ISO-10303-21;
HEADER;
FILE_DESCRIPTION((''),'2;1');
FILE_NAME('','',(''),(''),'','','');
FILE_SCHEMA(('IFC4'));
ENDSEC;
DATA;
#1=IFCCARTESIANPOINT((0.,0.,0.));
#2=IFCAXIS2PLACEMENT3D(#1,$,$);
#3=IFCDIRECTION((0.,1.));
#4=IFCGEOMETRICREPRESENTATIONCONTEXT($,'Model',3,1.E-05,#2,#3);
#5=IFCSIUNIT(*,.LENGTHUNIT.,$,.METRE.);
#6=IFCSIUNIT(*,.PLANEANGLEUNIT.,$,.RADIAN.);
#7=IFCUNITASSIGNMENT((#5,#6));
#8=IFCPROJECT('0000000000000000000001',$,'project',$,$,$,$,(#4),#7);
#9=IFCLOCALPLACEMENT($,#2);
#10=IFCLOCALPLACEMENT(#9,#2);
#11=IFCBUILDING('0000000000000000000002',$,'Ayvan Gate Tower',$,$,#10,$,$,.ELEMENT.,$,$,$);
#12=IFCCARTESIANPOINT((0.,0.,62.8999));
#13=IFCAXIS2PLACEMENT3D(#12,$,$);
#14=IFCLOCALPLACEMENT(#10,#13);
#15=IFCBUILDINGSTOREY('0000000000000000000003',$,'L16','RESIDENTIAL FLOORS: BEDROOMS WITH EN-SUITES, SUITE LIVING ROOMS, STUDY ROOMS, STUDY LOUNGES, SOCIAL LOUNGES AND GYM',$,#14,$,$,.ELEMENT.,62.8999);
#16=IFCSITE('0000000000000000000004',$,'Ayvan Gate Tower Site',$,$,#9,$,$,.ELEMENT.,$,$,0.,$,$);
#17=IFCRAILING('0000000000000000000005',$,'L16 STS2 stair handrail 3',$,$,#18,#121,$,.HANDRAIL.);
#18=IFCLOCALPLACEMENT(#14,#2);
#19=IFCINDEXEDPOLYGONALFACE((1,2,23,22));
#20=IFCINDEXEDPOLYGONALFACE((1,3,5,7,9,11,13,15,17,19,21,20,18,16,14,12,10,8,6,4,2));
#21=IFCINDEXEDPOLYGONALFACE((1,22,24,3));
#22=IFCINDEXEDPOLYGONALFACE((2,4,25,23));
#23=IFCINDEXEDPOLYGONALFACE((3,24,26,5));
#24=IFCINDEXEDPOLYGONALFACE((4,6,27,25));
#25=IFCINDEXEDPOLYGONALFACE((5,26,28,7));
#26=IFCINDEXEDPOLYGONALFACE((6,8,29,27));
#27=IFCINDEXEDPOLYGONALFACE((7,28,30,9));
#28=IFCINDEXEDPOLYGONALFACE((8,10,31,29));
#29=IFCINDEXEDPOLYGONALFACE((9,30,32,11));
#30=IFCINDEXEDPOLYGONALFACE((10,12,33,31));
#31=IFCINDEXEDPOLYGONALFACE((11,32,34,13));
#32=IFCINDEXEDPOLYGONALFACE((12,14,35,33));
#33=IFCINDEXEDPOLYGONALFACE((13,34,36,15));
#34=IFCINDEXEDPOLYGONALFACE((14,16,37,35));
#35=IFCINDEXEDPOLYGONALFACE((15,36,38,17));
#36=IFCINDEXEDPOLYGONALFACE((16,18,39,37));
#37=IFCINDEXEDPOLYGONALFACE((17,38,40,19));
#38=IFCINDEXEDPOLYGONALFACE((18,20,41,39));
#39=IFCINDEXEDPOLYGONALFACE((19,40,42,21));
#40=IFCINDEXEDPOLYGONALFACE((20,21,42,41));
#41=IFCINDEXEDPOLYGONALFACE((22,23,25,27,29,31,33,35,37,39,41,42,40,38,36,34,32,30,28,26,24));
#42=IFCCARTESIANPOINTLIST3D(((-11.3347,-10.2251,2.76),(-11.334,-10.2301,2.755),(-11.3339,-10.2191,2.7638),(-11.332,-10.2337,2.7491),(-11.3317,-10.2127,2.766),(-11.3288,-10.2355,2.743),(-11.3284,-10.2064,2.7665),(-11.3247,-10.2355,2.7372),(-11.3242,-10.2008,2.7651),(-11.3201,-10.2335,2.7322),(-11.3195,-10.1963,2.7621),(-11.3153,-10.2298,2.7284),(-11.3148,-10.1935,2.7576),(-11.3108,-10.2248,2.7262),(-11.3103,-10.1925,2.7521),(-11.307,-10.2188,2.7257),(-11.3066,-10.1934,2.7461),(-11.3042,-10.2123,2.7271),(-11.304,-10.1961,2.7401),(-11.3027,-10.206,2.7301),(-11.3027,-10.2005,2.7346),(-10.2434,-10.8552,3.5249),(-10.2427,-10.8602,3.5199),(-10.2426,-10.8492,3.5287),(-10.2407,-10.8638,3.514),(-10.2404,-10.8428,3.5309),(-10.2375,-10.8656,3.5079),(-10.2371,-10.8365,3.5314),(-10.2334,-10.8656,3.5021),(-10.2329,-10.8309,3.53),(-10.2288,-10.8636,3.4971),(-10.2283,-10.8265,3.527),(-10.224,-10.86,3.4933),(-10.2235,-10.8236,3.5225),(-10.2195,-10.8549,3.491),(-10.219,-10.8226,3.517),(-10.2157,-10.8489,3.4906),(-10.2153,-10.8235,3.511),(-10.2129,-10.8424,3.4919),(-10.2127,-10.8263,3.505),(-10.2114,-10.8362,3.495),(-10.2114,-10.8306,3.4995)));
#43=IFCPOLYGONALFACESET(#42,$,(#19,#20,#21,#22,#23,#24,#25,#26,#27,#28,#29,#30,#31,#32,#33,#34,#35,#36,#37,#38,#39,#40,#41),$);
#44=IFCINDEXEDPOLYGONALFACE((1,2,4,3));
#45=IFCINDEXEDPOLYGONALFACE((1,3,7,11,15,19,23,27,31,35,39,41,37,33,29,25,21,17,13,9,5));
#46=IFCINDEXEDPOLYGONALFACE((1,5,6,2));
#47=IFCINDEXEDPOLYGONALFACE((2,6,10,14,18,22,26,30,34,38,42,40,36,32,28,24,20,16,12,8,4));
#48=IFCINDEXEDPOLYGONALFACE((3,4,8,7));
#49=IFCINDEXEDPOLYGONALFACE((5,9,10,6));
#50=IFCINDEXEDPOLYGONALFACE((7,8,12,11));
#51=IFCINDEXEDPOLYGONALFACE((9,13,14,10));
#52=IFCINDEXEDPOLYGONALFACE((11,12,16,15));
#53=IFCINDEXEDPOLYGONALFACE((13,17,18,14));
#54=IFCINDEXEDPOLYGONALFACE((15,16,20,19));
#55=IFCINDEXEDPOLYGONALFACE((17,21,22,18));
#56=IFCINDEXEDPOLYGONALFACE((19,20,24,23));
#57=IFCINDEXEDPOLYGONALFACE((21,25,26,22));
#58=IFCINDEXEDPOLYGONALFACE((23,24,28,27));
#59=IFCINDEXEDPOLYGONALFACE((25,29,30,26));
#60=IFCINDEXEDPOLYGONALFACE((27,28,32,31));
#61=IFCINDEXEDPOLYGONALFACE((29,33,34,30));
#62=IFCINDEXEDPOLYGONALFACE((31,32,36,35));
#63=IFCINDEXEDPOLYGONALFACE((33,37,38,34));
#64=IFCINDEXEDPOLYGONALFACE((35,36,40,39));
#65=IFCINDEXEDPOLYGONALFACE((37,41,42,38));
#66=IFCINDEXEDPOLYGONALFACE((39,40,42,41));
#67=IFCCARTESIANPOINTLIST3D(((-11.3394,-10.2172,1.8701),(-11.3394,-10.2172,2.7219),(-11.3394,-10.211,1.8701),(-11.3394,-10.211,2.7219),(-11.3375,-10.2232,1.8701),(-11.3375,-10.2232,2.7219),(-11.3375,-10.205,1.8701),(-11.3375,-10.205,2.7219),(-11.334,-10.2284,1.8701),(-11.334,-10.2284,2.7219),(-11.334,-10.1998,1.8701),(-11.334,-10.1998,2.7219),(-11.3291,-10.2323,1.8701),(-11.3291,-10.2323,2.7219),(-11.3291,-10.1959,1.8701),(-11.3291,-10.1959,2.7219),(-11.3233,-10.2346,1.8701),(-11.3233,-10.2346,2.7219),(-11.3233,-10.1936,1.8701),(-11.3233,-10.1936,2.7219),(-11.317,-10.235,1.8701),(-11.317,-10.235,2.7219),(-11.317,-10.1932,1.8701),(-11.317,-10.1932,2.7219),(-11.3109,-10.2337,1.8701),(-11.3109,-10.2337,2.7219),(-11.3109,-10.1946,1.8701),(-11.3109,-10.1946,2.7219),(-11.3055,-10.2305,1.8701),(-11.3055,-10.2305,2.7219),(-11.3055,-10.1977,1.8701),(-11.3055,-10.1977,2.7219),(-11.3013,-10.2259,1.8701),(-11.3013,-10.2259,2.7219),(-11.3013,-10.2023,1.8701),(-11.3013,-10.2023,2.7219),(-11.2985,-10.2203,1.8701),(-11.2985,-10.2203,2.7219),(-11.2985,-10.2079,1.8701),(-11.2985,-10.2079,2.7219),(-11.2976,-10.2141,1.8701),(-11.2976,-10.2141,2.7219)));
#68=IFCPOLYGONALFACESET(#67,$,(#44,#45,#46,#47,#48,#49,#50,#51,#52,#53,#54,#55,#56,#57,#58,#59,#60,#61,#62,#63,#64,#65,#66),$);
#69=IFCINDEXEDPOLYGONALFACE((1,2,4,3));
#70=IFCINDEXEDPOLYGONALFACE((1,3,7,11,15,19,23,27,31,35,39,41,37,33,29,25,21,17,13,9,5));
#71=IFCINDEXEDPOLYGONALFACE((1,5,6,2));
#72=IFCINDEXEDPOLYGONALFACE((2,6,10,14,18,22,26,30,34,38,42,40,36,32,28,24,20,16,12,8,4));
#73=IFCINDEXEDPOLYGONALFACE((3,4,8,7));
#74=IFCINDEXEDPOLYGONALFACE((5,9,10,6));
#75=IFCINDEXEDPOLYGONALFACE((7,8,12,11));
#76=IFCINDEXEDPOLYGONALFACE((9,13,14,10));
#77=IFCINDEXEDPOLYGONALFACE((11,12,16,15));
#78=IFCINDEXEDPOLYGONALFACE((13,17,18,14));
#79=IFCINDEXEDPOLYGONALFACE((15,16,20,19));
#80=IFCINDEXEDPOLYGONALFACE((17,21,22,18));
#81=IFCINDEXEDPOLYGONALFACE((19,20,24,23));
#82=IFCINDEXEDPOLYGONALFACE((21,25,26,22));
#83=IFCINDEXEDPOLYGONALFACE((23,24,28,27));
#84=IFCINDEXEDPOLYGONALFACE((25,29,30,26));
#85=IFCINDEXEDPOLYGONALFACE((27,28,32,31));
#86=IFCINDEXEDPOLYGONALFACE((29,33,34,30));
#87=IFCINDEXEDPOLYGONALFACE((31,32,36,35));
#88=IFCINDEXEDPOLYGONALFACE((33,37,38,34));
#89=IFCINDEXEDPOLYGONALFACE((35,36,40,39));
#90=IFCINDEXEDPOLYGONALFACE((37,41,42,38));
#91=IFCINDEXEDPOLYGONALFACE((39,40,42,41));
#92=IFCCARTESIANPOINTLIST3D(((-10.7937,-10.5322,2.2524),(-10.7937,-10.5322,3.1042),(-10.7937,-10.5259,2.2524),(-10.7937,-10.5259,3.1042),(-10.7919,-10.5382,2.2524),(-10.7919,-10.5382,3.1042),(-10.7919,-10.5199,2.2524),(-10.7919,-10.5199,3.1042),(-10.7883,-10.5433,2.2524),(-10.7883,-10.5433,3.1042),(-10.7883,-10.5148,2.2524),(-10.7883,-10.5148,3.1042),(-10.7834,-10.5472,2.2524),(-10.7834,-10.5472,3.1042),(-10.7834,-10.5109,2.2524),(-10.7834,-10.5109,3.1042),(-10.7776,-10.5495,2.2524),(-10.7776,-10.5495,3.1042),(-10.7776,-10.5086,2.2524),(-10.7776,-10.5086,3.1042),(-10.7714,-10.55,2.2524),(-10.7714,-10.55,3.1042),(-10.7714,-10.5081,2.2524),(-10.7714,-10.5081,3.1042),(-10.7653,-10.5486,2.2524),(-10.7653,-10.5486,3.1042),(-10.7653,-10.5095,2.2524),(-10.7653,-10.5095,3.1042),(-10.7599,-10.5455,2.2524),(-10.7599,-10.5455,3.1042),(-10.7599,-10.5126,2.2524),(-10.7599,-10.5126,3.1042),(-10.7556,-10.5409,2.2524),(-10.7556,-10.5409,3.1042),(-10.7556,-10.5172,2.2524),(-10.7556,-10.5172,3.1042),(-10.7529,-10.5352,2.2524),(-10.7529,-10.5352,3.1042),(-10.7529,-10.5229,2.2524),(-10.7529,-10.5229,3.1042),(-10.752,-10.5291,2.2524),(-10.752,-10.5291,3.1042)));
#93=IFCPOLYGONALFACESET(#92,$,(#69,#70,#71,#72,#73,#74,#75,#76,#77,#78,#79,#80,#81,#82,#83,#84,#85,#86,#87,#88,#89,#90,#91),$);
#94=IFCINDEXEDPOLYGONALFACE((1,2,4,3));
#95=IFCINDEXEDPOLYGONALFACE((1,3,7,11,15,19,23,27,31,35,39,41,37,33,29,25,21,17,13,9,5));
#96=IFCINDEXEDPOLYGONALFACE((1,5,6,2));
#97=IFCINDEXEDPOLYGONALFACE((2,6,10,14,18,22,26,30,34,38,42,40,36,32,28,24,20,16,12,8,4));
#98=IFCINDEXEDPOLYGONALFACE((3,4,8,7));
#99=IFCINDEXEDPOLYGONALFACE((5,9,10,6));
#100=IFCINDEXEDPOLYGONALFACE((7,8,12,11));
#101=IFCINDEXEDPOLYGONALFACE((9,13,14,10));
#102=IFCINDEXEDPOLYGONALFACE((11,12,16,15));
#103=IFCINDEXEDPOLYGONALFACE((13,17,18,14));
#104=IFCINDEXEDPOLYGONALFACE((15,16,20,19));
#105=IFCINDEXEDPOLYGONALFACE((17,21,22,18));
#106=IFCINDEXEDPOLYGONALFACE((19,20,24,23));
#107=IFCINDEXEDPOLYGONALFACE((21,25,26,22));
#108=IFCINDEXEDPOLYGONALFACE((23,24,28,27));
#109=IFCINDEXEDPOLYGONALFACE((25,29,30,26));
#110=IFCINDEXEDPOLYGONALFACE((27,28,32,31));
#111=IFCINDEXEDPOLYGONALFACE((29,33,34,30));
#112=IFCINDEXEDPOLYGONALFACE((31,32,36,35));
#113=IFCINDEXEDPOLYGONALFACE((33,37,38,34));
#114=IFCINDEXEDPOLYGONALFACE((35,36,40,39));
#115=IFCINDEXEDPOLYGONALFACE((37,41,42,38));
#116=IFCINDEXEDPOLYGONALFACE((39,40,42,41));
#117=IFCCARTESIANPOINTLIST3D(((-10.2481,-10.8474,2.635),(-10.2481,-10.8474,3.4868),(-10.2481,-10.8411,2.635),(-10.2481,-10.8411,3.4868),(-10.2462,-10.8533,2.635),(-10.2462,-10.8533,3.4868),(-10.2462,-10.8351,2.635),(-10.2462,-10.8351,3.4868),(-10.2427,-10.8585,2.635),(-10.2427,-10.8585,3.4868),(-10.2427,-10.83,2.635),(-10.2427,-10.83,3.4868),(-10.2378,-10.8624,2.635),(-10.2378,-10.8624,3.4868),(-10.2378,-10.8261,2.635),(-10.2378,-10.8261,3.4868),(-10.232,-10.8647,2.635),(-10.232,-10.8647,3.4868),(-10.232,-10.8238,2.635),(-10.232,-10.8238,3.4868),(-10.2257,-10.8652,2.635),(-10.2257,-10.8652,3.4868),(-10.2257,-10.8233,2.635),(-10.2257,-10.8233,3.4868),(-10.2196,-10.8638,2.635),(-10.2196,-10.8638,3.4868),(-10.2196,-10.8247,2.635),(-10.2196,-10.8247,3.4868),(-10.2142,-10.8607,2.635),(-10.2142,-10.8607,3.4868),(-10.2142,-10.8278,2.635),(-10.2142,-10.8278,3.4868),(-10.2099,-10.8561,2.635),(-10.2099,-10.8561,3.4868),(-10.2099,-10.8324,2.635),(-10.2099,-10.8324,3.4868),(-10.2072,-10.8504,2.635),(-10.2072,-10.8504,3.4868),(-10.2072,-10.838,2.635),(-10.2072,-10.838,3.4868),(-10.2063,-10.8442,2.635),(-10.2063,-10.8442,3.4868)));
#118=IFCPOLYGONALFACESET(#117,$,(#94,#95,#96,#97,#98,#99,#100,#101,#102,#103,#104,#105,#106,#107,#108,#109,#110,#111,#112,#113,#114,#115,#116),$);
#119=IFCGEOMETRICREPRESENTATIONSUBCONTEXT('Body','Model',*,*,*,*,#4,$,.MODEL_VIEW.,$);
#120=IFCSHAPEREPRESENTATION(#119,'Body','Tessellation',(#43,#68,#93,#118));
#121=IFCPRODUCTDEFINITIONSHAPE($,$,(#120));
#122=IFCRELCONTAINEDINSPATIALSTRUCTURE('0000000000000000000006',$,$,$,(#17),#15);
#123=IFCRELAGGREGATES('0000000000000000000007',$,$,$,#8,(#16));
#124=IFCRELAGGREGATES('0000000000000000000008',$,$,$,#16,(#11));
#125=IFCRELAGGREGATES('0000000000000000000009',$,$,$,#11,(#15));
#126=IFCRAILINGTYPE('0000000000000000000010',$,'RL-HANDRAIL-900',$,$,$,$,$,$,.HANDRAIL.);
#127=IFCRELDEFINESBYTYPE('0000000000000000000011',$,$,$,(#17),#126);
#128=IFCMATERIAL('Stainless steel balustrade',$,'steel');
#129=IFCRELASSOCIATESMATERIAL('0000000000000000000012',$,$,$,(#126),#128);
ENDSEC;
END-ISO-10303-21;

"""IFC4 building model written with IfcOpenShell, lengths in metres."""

from ifc_helpers import new_model, si_unit, direction, frame, origin, origin_2d, place, context, subcontext, project, spatial, circle, extrude, material, type_object, element, save


model = new_model("IFC4")

# Units and contexts
model_context = context("Model", 3, precision=1e-05, world=origin(), true_north=direction((0.0, 1.0)))
body_context = subcontext(model_context, "Body", "Model", "MODEL_VIEW")
ifc_project = project(units=[si_unit("LENGTHUNIT", "METRE"), si_unit("PLANEANGLEUNIT", "RADIAN")], contexts=[model_context])

# Site, building, storey
site_placement = place(None, origin())
site = spatial("IfcSite", under=ifc_project, at=site_placement, Name="Ayvan Gate Tower Site", CompositionType="ELEMENT", RefElevation=0.0)
building_placement = place(site_placement, origin())
building = spatial("IfcBuilding", under=site, at=building_placement, Name="Ayvan Gate Tower", CompositionType="ELEMENT")
storey_placement = place(building_placement, frame((0.0, 0.0, 62.8999)))
storey = spatial("IfcBuildingStorey", under=building, at=storey_placement, Name="L16", Description="RESIDENTIAL FLOORS: BEDROOMS WITH EN-SUITES, SUITE LIVING ROOMS, STUDY ROOMS, STUDY LOUNGES, SOCIAL LOUNGES AND GYM", CompositionType="ELEMENT", Elevation=62.8999)

# Railing
ifc_material_1 = material(Name="Stainless steel balustrade", Category="steel")
railing_type_1 = type_object("IfcRailingType", Name="RL-HANDRAIL-900", PredefinedType="HANDRAIL", material=ifc_material_1)
railing_1_placement = place(storey_placement, frame((-11.3186, -10.2141, 1.8701)))
element("IfcRailing", 1, at=railing_1_placement, inside=storey, type_object=railing_type_1, Name="L16 STS2 stair handrail 3", PredefinedType="HANDRAIL", context=body_context, shape_type="SweptSolid", body=[
    extrude(circle(Radius=0.0239, at=origin_2d()), frame((0.0, 0.0, 0.876), z_axis=(0.740304, -0.427455, 0.518875), x_axis=(0.500035, 0.866005, 0.0)), (0.0, 0.0, 1.0), 1.4741),
    extrude(circle(Radius=0.021, at=origin_2d()), origin(), (0.0, 0.0, 1.0), 0.8518),
    extrude(circle(Radius=0.021, at=origin_2d()), frame((0.5457, -0.3149, 0.3823)), (0.0, 0.0, 1.0), 0.8518),
    extrude(circle(Radius=0.021, at=origin_2d()), frame((1.0913, -0.6301, 0.7649)), (0.0, 0.0, 1.0), 0.8518),
])

save(model, "model.ifc")
